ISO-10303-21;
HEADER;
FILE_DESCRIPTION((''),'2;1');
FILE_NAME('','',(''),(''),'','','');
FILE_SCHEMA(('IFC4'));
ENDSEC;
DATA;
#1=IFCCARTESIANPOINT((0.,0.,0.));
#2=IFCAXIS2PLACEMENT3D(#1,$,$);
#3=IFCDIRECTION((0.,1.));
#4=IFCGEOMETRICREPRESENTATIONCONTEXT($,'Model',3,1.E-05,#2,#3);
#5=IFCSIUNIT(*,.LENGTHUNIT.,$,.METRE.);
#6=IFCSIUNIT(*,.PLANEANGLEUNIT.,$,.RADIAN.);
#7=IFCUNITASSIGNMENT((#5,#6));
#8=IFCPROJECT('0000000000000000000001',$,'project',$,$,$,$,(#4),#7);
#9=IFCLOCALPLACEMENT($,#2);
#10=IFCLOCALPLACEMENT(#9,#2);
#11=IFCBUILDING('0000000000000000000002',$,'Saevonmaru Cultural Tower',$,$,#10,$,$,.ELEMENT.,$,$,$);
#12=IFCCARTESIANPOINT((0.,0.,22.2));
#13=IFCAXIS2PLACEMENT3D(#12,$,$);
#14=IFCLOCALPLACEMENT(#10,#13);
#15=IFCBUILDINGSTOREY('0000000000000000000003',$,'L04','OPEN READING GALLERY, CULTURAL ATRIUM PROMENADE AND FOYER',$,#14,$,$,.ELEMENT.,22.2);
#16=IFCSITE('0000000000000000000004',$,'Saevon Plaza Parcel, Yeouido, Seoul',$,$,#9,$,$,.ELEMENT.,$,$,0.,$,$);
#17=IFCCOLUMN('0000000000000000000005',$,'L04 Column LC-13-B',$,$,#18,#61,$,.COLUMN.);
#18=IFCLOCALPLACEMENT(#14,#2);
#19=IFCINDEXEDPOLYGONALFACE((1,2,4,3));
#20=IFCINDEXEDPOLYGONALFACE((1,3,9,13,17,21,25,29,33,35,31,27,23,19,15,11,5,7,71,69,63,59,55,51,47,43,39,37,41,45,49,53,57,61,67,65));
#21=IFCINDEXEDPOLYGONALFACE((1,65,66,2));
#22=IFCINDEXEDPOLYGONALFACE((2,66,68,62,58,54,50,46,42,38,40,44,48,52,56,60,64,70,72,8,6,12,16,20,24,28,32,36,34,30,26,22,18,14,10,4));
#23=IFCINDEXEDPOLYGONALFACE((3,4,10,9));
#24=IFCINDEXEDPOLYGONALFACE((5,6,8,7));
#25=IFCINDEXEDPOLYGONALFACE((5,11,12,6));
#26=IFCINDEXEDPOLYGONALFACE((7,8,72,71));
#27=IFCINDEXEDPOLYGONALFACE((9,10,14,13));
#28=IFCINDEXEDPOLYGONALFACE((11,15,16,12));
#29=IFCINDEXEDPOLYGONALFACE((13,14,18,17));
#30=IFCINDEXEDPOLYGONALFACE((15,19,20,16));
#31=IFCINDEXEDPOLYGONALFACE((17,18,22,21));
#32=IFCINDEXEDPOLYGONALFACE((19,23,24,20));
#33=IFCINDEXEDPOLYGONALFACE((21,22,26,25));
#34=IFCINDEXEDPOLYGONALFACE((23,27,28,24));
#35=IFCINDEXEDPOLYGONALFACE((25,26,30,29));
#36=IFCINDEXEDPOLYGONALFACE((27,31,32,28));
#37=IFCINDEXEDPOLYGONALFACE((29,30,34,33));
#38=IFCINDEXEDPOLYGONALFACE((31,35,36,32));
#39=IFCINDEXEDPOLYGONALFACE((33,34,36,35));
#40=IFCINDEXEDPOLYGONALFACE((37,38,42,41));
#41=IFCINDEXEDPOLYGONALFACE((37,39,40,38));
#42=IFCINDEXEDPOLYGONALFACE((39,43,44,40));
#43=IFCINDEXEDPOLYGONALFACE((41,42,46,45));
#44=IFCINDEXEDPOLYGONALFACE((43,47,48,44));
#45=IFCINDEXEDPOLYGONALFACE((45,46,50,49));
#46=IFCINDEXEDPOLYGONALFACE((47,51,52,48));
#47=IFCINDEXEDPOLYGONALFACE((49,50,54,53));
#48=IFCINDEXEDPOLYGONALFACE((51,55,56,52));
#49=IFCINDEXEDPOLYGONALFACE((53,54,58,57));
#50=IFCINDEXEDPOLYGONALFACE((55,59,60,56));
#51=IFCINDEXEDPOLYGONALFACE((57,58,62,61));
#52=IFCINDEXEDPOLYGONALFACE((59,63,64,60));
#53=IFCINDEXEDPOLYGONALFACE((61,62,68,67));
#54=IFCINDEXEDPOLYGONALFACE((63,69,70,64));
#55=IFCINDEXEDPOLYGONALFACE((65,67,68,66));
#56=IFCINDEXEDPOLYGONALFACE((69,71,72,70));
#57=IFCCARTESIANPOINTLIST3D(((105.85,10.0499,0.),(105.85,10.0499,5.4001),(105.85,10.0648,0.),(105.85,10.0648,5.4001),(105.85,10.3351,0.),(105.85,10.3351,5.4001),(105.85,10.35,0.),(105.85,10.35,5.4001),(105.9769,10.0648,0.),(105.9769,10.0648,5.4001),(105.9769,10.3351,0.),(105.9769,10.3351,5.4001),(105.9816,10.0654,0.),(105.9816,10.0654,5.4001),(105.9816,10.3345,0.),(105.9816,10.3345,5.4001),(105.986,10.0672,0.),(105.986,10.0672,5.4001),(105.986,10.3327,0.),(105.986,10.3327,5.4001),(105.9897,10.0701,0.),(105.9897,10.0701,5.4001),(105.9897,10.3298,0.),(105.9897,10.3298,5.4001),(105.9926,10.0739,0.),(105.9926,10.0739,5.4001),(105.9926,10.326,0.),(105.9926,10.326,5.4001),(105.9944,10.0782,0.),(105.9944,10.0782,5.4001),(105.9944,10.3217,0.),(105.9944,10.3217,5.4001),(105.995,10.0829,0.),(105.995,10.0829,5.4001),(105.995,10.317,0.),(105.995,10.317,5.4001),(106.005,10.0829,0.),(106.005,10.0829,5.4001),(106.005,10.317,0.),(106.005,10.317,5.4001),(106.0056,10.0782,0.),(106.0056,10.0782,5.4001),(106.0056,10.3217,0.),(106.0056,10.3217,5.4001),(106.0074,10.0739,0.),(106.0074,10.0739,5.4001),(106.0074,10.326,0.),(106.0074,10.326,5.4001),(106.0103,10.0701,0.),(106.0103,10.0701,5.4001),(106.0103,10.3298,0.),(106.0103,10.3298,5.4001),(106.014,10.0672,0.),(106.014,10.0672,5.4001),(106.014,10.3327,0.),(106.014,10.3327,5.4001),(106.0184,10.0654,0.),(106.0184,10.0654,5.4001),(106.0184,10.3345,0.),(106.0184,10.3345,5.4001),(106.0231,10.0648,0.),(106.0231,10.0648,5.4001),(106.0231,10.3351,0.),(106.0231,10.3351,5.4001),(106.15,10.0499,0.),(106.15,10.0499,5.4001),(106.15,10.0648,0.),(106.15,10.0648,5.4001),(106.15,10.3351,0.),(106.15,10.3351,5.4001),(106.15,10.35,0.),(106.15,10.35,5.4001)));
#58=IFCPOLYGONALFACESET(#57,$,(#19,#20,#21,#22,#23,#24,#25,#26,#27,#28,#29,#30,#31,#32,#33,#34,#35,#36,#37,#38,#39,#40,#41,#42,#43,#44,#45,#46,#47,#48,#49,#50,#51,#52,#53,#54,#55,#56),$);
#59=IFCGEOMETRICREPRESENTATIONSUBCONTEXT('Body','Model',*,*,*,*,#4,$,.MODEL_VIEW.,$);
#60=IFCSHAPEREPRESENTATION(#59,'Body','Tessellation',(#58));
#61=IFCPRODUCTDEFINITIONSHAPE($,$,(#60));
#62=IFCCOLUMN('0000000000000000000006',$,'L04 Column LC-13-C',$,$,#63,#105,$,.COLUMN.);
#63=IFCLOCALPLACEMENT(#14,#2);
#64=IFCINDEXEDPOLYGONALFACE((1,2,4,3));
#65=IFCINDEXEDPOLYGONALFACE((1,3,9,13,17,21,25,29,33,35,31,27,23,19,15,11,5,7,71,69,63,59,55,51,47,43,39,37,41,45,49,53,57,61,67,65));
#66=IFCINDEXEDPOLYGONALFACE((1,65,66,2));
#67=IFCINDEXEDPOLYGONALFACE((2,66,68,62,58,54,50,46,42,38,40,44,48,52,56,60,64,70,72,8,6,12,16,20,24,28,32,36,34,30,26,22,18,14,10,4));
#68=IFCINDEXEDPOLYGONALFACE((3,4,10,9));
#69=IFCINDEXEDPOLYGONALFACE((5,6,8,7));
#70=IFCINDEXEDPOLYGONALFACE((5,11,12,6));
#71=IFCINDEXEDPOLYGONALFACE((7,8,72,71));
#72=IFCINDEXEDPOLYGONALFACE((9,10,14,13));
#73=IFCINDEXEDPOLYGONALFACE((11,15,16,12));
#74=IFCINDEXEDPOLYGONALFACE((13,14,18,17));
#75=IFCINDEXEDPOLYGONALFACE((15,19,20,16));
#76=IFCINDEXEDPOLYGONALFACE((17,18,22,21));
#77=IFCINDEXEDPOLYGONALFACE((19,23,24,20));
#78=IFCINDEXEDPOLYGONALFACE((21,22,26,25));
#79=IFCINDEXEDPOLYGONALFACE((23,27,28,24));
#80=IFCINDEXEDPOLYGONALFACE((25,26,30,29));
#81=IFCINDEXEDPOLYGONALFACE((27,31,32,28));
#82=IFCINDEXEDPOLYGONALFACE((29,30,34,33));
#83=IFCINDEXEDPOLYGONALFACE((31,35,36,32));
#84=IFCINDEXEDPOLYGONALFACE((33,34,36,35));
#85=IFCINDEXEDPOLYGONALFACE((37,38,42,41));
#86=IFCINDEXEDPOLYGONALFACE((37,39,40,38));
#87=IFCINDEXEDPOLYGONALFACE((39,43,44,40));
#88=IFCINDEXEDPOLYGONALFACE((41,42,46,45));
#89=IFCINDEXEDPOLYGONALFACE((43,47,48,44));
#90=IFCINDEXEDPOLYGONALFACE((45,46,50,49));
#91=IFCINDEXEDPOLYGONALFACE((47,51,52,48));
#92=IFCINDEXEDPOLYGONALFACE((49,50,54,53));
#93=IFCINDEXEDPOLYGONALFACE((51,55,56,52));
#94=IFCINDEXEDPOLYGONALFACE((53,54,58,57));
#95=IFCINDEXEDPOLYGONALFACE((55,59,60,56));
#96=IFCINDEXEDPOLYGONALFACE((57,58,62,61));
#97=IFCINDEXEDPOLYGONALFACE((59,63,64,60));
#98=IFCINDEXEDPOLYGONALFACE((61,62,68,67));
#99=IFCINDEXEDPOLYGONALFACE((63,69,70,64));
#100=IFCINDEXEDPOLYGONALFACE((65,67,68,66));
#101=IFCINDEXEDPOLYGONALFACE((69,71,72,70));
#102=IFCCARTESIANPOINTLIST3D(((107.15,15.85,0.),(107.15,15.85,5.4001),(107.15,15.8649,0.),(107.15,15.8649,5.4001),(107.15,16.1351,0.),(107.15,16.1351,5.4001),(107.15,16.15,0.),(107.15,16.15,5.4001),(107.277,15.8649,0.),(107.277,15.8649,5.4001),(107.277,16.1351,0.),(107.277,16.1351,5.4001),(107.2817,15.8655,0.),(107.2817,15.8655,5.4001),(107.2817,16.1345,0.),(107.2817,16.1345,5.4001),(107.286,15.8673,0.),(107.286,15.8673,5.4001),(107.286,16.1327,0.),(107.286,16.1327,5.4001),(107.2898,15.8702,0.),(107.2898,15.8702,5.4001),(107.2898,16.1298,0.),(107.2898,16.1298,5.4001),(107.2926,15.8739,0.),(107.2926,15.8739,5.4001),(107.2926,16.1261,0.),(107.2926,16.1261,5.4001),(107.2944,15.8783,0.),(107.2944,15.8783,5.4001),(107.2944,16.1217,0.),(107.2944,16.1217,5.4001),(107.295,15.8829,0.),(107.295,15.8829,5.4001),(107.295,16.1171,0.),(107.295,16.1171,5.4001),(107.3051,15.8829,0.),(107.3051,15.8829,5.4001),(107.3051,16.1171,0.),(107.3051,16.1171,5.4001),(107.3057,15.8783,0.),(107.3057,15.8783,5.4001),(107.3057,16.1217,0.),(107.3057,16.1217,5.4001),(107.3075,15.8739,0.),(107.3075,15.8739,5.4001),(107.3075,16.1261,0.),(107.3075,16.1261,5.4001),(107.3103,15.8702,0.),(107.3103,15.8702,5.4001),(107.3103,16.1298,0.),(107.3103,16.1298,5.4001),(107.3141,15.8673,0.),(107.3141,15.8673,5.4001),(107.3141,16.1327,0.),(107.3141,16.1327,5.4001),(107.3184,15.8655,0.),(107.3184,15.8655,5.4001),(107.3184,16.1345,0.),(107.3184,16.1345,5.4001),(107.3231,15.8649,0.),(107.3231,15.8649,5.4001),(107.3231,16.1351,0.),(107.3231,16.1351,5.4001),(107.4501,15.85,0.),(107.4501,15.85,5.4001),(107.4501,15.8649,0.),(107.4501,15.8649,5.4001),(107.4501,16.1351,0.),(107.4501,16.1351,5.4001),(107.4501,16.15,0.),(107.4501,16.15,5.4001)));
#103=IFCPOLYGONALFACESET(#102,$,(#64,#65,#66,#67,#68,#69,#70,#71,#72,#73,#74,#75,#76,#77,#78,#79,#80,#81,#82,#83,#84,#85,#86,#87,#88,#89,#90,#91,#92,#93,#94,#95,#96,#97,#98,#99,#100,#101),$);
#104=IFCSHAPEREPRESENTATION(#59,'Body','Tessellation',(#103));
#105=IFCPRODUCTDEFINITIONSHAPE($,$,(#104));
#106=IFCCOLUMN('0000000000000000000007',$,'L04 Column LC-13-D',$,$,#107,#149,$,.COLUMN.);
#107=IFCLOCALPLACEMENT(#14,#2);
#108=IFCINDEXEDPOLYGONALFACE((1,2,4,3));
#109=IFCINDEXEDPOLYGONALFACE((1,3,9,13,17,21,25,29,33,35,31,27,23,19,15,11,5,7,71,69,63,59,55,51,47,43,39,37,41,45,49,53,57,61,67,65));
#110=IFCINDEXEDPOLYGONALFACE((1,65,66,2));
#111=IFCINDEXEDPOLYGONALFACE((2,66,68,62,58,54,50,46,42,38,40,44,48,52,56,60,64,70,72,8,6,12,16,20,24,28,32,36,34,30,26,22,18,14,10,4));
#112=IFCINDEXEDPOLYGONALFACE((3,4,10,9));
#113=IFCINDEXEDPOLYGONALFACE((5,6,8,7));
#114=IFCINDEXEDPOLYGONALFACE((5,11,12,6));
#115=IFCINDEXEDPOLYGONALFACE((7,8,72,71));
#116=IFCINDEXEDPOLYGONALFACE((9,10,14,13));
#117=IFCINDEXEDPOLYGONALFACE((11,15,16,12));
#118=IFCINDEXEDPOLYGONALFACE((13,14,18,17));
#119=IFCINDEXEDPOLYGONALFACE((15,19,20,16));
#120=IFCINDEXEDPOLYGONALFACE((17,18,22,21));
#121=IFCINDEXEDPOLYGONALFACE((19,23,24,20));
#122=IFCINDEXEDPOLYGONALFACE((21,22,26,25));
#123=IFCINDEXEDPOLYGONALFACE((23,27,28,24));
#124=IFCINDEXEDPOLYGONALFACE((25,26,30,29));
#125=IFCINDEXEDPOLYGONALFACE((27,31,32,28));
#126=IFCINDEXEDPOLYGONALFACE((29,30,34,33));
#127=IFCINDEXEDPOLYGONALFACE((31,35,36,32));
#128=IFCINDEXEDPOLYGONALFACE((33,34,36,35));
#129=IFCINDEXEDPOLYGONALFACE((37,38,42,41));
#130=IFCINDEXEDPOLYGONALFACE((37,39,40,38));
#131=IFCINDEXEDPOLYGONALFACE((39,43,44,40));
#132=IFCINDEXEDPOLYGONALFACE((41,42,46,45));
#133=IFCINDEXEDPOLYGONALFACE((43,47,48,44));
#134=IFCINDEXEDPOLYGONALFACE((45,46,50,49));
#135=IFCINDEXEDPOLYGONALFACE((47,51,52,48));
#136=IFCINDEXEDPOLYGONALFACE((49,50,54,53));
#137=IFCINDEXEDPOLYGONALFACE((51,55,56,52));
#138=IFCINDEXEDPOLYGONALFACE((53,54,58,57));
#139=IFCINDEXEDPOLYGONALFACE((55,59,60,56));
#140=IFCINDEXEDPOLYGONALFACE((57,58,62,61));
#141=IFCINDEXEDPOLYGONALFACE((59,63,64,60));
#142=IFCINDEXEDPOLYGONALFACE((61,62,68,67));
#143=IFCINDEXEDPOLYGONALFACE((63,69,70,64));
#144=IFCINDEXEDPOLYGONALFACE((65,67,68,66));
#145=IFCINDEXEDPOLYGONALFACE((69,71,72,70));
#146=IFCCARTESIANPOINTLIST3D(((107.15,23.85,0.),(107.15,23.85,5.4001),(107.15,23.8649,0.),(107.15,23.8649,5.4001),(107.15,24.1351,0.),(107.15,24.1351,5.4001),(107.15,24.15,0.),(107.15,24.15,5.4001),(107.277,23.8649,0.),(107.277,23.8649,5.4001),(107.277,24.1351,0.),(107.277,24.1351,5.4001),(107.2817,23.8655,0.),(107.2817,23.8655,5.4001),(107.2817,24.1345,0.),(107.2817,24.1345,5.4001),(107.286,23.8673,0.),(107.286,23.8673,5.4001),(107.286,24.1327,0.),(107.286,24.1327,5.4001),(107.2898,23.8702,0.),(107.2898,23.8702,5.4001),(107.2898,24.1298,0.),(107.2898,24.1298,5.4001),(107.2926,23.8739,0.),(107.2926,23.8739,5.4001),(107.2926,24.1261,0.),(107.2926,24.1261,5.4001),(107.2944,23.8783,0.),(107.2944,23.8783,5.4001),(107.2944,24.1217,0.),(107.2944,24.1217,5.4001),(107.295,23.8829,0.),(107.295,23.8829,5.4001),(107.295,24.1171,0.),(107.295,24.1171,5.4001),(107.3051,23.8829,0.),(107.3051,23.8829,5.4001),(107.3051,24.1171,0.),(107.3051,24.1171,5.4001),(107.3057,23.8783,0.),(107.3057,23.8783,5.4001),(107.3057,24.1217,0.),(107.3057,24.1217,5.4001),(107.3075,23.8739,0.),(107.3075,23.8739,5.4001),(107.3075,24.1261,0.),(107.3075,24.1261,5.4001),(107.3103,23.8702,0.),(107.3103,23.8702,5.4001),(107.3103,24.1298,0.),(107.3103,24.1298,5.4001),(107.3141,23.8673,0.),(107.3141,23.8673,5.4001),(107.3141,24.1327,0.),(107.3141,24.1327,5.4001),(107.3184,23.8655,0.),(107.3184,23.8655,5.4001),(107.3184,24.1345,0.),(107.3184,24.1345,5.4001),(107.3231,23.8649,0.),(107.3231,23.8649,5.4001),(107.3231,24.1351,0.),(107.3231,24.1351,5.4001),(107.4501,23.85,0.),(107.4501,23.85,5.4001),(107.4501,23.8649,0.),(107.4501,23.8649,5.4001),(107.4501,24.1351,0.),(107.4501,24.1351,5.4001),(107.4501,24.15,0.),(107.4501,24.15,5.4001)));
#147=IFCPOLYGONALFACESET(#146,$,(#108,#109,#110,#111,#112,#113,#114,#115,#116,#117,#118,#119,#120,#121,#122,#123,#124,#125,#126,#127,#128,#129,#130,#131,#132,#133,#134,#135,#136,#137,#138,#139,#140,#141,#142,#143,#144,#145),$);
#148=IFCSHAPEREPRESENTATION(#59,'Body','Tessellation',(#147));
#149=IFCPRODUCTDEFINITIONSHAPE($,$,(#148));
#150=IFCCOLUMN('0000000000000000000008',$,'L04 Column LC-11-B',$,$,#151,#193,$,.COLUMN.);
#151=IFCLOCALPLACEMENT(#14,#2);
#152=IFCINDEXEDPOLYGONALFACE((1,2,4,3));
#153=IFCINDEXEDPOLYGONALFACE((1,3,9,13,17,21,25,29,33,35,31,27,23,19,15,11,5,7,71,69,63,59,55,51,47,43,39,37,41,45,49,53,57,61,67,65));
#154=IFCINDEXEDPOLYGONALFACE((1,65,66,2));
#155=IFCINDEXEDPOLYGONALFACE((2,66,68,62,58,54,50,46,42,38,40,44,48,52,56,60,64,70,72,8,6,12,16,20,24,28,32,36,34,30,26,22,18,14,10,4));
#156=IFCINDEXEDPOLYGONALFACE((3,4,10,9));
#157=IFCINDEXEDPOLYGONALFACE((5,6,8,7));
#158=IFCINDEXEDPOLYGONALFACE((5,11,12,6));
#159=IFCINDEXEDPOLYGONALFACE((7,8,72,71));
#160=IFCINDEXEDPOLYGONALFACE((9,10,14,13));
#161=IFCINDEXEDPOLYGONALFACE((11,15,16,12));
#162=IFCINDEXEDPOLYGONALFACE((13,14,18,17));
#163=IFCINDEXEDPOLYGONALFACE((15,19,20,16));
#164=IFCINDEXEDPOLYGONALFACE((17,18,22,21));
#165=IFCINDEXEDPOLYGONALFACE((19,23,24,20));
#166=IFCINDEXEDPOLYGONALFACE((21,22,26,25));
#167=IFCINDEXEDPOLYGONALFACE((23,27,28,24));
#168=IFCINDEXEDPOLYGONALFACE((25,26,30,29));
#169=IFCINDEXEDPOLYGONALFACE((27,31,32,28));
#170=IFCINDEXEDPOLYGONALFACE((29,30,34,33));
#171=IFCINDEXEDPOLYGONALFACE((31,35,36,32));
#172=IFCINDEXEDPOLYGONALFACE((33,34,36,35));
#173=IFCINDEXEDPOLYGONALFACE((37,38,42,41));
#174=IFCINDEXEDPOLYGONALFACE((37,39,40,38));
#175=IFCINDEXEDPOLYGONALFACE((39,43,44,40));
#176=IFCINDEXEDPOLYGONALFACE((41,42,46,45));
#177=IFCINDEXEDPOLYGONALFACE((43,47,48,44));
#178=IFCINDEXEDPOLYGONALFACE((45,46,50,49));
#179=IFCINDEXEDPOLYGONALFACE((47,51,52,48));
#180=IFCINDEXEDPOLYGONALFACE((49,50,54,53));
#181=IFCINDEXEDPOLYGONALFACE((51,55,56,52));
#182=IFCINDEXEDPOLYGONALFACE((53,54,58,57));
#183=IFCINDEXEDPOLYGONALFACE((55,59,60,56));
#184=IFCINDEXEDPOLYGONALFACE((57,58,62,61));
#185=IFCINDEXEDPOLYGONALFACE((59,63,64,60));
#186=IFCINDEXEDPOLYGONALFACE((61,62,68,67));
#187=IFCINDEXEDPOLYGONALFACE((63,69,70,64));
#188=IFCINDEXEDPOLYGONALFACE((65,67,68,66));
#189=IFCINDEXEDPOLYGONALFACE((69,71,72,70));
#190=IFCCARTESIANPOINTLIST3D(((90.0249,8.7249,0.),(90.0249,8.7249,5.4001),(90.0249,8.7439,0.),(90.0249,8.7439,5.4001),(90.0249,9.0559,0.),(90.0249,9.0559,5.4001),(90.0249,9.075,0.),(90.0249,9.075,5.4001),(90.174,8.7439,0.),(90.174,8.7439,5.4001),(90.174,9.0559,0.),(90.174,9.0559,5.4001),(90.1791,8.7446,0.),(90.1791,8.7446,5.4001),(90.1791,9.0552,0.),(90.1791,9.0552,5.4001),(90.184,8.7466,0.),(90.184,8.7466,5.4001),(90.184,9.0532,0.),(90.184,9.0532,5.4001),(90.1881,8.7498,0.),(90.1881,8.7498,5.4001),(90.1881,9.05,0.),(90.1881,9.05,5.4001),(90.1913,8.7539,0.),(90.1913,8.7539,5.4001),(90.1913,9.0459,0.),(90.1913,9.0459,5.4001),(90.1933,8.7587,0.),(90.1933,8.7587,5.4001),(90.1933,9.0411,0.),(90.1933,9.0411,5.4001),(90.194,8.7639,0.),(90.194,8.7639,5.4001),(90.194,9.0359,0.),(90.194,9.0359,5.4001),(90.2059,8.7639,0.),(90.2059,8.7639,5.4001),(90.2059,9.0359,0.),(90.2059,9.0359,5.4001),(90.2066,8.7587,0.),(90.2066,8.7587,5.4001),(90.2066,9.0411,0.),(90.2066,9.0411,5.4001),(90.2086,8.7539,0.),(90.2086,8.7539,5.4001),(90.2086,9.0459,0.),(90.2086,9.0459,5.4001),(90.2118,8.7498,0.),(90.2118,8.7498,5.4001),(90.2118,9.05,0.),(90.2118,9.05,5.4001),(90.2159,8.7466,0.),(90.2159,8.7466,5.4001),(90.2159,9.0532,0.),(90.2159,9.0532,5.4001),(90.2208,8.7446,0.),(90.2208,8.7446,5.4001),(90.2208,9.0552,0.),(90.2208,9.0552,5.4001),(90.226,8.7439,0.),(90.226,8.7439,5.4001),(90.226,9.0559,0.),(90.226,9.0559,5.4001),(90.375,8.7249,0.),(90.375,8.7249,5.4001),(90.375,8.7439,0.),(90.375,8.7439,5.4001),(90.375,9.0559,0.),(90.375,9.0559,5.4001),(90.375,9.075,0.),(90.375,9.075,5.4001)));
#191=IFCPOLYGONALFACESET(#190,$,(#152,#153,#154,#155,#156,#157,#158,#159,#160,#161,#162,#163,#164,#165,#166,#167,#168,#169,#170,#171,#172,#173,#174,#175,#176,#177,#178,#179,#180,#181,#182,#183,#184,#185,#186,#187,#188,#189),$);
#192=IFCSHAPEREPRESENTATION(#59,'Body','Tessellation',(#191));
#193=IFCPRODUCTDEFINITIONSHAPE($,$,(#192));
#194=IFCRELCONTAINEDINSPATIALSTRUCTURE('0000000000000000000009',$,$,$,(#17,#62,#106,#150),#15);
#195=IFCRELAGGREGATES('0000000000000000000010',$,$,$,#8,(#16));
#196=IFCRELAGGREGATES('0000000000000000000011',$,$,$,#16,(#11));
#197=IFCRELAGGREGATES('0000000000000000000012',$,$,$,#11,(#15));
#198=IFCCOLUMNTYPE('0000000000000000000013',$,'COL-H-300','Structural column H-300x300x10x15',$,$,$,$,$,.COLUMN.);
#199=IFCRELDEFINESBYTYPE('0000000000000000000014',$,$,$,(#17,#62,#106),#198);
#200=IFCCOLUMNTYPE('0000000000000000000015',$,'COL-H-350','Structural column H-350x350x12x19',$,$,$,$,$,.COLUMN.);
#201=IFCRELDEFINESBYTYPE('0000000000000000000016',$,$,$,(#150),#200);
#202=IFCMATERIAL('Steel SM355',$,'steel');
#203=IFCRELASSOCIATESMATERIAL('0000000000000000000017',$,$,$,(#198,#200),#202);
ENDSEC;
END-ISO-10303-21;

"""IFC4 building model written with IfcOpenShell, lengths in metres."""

from ifc_helpers import new_model, si_unit, direction, frame, origin, origin_2d, place, context, subcontext, project, spatial, i_section, extrude, material, material_profile, profile_set, type_object, element, save


model = new_model("IFC4")

# Units and contexts
model_context = context("Model", 3, precision=1e-05, world=origin(), true_north=direction((0.0, 1.0)))
body_context = subcontext(model_context, "Body", "Model", "MODEL_VIEW")
ifc_project = project(units=[si_unit("LENGTHUNIT", "METRE"), si_unit("PLANEANGLEUNIT", "RADIAN")], contexts=[model_context])

# Site, building, storey
site_placement = place(None, origin())
site = spatial("IfcSite", under=ifc_project, at=site_placement, Name="Saevon Plaza Parcel, Yeouido, Seoul", CompositionType="ELEMENT", RefElevation=0.0)
building_placement = place(site_placement, origin())
building = spatial("IfcBuilding", under=site, at=building_placement, Name="Saevonmaru Cultural Tower", CompositionType="ELEMENT")
storey_placement = place(building_placement, frame((0.0, 0.0, 22.2)))
storey = spatial("IfcBuildingStorey", under=building, at=storey_placement, Name="L04", Description="OPEN READING GALLERY, CULTURAL ATRIUM PROMENADE AND FOYER", CompositionType="ELEMENT", Elevation=22.2)

# Columns
ifc_material_1 = material(Name="Steel SM355", Category="steel")
ifc_material_profile_1 = material_profile(ifc_material_1, i_section(OverallWidth=0.3, OverallDepth=0.3, WebThickness=0.01, FlangeThickness=0.0149, FilletRadius=0.0181, at=origin_2d()), Name="H-300x300x10x15")
ifc_profile_set_1 = profile_set([ifc_material_profile_1], Name="Steel SM355")
column_type_1 = type_object("IfcColumnType", Name="COL-H-300", Description="Structural column H-300x300x10x15", PredefinedType="COLUMN", material=ifc_profile_set_1)
for number, where, z_axis, x_axis, name in (
    (1, (106.0, 10.2, 0.0), (0.0, 0.0, 1.0), (1.0, 0.0, 0.0), "L04 Column LC-13-B"),
    (2, (107.3, 16.0, 0.0), (0.0, 0.0, 1.0), (1.0, 0.0, 0.0), "L04 Column LC-13-C"),
    (3, (107.3, 24.0, 0.0), (0.0, 0.0, 1.0), (1.0, 0.0, 0.0), "L04 Column LC-13-D"),
):
    element("IfcColumn", number, at=place(storey_placement, frame(where, z_axis=z_axis, x_axis=x_axis)), inside=storey, type_object=column_type_1, Name=name, PredefinedType="COLUMN", context=body_context, shape_type="SweptSolid", body=[
        extrude(i_section(OverallWidth=0.3, OverallDepth=0.3, WebThickness=0.01, FlangeThickness=0.0149, FilletRadius=0.0181, at=origin_2d()), origin(), (0.0, 0.0, 1.0), 5.4001),
    ])
ifc_material_profile_2 = material_profile(ifc_material_1, i_section(OverallWidth=0.3501, OverallDepth=0.3501, WebThickness=0.012, FlangeThickness=0.019, FilletRadius=0.02, at=origin_2d()), Name="H-350x350x12x19")
ifc_profile_set_2 = profile_set([ifc_material_profile_2], Name="Steel SM355")
column_type_2 = type_object("IfcColumnType", Name="COL-H-350", Description="Structural column H-350x350x12x19", PredefinedType="COLUMN", material=ifc_profile_set_2)
for number, where, z_axis, x_axis, name in (
    (4, (90.2, 8.8999, 0.0), (0.0, 0.0, 1.0), (1.0, 0.0, 0.0), "L04 Column LC-11-B"),
):
    element("IfcColumn", number, at=place(storey_placement, frame(where, z_axis=z_axis, x_axis=x_axis)), inside=storey, type_object=column_type_2, Name=name, PredefinedType="COLUMN", context=body_context, shape_type="SweptSolid", body=[
        extrude(i_section(OverallWidth=0.3501, OverallDepth=0.3501, WebThickness=0.012, FlangeThickness=0.019, FilletRadius=0.02, at=origin_2d()), origin(), (0.0, 0.0, 1.0), 5.4001),
    ])

save(model, "model.ifc")
